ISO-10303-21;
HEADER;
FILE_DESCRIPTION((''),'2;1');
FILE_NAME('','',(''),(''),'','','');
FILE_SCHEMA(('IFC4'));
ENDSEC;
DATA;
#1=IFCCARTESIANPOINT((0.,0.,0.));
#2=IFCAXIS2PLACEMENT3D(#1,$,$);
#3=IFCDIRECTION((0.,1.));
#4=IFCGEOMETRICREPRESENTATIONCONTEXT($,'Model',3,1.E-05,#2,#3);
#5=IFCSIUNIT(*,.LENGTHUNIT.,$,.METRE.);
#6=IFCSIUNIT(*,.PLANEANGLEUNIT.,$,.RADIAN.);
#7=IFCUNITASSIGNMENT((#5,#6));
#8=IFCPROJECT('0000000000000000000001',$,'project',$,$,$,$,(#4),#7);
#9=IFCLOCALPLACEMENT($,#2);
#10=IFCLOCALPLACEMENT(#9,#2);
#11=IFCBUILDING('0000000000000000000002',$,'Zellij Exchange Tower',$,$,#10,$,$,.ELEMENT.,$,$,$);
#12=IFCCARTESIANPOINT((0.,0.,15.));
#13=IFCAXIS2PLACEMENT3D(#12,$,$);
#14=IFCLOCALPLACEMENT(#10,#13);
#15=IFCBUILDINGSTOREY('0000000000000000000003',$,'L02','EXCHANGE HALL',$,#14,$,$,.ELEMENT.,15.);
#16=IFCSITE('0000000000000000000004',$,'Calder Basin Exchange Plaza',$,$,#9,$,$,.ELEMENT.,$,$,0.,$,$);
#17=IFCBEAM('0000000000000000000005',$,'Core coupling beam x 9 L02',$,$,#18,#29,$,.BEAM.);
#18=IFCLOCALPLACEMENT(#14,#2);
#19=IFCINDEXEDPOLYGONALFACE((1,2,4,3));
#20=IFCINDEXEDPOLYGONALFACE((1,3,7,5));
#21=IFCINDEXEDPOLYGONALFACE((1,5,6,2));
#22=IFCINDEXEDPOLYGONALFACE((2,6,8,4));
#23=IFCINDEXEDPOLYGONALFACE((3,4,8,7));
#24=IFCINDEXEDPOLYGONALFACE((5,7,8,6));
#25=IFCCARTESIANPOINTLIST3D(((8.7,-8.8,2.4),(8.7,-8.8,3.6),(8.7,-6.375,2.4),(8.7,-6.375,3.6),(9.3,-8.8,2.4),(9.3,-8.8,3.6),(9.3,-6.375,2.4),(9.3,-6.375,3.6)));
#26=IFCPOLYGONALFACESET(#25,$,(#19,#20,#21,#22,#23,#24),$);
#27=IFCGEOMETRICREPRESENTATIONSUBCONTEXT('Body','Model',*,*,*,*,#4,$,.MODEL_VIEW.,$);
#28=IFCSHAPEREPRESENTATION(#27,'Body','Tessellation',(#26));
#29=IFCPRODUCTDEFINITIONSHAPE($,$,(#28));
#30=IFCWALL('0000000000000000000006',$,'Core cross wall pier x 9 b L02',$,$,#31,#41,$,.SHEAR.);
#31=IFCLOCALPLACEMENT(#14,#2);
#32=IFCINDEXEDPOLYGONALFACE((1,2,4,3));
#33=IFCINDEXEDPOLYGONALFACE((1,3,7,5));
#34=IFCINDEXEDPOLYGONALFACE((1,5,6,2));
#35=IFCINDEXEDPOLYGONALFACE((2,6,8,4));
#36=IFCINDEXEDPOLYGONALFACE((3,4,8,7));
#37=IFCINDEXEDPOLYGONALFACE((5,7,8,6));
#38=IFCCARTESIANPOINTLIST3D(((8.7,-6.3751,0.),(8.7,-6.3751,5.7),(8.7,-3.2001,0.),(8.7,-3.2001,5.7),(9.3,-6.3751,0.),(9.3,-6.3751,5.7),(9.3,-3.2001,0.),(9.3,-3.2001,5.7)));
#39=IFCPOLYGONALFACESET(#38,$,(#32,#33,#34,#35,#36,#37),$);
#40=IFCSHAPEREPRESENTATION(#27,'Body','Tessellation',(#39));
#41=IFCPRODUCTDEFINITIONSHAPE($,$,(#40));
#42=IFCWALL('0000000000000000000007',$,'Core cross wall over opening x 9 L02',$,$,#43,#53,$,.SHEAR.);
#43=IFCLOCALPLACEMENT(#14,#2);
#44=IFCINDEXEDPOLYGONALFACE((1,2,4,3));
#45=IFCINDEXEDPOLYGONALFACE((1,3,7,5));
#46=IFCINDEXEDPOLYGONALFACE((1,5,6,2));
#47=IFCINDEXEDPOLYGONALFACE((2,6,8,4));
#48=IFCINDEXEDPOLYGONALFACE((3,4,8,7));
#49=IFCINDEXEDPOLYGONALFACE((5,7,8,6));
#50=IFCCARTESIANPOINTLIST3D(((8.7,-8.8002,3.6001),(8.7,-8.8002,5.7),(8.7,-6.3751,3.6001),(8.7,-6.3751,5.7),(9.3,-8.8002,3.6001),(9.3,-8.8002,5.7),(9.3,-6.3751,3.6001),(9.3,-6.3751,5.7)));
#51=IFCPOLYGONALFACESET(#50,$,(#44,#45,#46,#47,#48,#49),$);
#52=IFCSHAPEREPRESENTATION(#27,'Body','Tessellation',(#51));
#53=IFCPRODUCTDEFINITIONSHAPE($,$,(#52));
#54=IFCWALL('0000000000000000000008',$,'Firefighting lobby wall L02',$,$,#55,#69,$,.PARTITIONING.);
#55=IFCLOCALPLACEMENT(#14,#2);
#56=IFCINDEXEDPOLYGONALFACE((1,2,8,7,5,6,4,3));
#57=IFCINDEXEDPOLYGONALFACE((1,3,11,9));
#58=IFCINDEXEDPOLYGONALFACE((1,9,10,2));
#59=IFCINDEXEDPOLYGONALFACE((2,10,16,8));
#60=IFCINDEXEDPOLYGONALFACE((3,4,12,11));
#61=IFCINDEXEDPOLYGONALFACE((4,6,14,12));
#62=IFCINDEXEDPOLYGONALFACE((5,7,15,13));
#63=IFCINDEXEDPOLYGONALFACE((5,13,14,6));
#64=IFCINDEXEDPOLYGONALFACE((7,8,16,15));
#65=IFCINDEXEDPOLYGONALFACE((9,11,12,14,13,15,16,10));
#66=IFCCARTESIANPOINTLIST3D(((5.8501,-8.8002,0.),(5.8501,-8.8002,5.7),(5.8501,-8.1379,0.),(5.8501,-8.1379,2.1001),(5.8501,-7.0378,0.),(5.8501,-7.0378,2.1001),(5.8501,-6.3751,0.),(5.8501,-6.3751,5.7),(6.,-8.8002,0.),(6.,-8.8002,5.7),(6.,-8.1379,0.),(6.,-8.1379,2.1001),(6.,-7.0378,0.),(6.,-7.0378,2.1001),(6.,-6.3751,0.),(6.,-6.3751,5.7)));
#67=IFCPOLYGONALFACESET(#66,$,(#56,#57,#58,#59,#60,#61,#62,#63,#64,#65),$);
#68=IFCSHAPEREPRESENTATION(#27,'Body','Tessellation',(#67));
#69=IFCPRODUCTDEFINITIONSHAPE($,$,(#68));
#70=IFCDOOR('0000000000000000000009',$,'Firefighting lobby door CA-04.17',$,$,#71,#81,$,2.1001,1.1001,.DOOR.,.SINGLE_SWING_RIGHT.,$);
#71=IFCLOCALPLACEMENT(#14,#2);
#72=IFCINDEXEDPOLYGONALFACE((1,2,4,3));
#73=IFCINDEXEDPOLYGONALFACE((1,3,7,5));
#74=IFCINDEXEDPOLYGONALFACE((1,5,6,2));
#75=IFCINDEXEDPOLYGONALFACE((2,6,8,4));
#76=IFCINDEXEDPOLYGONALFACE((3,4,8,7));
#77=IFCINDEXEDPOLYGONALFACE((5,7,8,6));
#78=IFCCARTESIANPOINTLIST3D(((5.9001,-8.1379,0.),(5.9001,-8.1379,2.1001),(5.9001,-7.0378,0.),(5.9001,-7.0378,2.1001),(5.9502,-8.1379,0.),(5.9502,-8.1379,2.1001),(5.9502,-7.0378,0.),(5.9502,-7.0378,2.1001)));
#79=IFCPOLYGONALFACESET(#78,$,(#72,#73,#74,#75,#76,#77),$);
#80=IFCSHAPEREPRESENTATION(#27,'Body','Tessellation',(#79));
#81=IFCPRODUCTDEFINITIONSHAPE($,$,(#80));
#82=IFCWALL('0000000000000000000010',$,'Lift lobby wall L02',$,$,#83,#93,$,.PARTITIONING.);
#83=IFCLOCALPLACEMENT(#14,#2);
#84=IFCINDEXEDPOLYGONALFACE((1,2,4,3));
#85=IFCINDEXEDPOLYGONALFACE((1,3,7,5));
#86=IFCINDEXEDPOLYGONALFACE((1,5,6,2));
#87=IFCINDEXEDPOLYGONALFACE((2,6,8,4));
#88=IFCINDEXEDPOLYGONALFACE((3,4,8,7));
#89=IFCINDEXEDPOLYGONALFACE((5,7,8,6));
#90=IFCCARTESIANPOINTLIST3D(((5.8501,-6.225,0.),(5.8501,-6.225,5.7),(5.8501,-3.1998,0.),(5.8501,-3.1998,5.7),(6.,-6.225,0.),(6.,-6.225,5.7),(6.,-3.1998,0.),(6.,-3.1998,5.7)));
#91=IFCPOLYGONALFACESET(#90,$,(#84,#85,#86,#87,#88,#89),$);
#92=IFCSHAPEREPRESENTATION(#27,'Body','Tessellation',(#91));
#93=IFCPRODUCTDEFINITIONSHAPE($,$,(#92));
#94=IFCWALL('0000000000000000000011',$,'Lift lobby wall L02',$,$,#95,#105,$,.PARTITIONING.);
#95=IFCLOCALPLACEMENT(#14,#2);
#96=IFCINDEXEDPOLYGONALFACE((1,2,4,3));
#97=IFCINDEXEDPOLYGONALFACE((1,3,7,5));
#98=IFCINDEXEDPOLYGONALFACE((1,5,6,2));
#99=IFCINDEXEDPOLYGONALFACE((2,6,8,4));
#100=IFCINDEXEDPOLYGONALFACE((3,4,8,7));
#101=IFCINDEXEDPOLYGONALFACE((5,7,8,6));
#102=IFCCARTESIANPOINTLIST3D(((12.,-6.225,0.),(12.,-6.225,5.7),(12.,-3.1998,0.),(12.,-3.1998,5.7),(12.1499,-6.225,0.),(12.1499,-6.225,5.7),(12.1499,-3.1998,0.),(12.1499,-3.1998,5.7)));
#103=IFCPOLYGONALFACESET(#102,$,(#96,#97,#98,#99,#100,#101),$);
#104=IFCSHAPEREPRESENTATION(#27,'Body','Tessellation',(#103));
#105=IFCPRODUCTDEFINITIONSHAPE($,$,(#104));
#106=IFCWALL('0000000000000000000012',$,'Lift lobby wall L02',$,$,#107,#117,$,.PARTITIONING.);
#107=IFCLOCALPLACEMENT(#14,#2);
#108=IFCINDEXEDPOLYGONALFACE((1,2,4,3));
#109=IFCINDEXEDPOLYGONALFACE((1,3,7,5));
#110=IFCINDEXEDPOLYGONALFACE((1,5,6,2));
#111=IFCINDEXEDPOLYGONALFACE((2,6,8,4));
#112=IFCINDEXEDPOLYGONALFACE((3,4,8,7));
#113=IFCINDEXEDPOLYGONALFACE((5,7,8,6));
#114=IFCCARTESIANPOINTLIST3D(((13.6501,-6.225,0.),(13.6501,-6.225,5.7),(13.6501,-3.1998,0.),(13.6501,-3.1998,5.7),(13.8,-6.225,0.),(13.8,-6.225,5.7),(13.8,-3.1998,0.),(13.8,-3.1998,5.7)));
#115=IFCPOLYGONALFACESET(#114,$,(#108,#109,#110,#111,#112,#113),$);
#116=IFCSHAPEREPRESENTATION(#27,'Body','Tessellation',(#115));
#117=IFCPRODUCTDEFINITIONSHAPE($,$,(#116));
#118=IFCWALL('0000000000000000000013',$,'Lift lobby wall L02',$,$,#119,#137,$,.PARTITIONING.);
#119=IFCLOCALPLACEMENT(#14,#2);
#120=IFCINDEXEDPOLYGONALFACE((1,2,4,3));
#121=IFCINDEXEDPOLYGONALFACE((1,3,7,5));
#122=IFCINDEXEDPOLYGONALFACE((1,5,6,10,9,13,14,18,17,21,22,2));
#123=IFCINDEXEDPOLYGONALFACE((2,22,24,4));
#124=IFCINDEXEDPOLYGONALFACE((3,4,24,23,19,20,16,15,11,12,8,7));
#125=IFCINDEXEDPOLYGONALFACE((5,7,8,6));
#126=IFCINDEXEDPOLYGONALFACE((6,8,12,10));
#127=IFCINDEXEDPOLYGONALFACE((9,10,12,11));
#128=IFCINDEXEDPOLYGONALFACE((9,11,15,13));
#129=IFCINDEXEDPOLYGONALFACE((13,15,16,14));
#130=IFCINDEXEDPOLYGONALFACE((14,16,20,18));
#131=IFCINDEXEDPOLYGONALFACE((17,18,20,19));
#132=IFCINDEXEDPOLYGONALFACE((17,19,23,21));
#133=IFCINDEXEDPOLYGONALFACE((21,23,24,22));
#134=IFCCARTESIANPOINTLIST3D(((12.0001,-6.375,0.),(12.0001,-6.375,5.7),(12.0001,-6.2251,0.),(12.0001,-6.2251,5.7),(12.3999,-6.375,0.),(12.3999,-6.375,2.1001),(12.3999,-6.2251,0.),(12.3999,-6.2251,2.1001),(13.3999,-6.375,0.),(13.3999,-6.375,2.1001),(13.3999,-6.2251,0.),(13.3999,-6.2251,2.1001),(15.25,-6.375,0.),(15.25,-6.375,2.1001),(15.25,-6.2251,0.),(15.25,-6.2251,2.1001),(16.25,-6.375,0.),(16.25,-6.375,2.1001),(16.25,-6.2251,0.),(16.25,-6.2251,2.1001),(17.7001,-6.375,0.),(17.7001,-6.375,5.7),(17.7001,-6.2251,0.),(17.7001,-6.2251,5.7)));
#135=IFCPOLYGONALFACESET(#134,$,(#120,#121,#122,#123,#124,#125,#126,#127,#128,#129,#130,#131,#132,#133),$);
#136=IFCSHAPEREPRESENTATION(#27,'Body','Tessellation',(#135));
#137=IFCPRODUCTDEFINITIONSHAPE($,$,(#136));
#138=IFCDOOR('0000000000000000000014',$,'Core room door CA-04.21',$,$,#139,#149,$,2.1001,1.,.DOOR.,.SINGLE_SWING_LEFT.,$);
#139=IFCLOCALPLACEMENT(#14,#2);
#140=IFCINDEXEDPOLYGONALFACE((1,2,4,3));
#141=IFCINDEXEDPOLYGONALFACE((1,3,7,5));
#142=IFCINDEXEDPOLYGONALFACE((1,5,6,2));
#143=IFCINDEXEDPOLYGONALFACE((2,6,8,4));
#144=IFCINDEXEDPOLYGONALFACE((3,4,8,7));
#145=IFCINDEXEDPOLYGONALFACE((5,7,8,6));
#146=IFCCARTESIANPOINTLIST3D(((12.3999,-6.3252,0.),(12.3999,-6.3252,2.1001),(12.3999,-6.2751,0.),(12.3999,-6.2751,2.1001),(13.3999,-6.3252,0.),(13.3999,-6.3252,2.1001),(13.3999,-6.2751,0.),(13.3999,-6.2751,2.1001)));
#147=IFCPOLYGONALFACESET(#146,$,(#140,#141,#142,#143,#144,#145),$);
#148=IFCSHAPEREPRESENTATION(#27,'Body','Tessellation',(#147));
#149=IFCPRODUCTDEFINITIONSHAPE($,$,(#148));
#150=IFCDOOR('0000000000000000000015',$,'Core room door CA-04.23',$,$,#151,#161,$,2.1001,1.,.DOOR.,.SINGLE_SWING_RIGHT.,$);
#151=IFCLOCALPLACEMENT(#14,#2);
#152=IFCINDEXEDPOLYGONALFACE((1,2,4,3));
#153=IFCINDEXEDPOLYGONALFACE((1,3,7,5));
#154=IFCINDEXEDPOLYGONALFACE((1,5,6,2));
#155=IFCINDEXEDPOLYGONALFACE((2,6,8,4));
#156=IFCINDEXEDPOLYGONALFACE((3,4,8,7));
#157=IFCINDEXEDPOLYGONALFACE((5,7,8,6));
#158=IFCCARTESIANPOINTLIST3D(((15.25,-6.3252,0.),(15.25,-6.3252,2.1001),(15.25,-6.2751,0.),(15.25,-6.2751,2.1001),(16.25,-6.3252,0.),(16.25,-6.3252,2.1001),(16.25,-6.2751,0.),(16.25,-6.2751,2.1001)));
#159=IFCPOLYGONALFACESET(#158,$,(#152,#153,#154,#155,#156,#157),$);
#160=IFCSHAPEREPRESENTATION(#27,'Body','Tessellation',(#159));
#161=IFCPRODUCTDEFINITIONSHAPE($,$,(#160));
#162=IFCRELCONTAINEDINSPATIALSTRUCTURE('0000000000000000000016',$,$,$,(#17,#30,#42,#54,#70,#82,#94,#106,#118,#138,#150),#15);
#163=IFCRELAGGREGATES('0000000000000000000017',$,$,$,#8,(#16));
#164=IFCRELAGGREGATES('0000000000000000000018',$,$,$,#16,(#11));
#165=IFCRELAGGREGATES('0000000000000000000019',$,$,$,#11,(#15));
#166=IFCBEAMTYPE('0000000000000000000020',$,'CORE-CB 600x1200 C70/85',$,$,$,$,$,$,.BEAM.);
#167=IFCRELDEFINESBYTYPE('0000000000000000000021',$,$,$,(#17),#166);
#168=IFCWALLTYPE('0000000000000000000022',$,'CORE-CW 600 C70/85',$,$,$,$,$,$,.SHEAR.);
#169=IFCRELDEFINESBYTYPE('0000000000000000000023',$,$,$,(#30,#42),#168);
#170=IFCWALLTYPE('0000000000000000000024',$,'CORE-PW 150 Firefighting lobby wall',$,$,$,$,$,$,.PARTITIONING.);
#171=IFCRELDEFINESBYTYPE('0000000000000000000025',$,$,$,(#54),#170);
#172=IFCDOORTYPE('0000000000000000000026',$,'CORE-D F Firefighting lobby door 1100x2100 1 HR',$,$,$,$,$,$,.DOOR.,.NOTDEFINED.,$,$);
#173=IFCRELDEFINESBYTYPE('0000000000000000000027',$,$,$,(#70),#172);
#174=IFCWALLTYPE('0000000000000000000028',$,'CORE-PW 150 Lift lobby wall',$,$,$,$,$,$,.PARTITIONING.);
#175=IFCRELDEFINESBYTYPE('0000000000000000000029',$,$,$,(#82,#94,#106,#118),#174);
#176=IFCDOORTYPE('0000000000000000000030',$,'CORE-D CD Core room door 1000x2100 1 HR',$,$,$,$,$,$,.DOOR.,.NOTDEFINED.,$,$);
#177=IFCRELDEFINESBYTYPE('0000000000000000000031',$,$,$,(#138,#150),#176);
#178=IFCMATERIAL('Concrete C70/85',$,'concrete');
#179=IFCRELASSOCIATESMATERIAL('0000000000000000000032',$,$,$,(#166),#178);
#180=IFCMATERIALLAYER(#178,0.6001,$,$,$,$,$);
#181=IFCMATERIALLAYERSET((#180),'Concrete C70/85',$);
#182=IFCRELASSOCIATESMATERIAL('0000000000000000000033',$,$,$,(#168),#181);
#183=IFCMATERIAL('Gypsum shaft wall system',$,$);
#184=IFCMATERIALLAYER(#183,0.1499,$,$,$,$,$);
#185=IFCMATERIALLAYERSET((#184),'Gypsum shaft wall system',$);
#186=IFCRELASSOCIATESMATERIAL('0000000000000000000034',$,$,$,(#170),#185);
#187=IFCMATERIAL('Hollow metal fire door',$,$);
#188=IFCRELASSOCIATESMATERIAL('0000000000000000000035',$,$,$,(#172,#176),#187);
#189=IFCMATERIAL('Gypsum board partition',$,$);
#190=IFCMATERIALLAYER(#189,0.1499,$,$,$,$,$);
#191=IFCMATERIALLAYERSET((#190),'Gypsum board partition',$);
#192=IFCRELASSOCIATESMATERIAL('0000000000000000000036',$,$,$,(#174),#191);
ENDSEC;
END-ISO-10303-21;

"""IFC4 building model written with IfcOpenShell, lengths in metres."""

from ifc_helpers import new_model, si_unit, direction, frame, frame_2d, origin, origin_2d, place, context, subcontext, project, spatial, rectangle, extrude, material, layer, layer_set, material_profile, profile_set, type_object, element, fill, save


model = new_model("IFC4")

# Units and contexts
model_context = context("Model", 3, precision=1e-05, world=origin(), true_north=direction((0.0, 1.0)))
body_context = subcontext(model_context, "Body", "Model", "MODEL_VIEW")
ifc_project = project(units=[si_unit("LENGTHUNIT", "METRE"), si_unit("PLANEANGLEUNIT", "RADIAN")], contexts=[model_context])

# Site, building, storey
site_placement = place(None, origin())
site = spatial("IfcSite", under=ifc_project, at=site_placement, Name="Calder Basin Exchange Plaza", CompositionType="ELEMENT", RefElevation=0.0)
building_placement = place(site_placement, origin())
building = spatial("IfcBuilding", under=site, at=building_placement, Name="Zellij Exchange Tower", CompositionType="ELEMENT")
storey_placement = place(building_placement, frame((0.0, 0.0, 15.0)))
storey = spatial("IfcBuildingStorey", under=building, at=storey_placement, Name="L02", Description="EXCHANGE HALL", CompositionType="ELEMENT", Elevation=15.0)

# Beam
ifc_material_1 = material(Name="Concrete C70/85", Category="concrete")
ifc_material_profile = material_profile(ifc_material_1, rectangle(XDim=0.6001, YDim=1.2, at=origin_2d()), Name="CORE-CB 600x1200 C70/85")
ifc_profile_set = profile_set([ifc_material_profile], Name="Concrete C70/85")
beam_type = type_object("IfcBeamType", Name="CORE-CB 600x1200 C70/85", PredefinedType="BEAM", material=ifc_profile_set)
beam_placement = place(storey_placement, frame((9.0, -8.8, 3.0), z_axis=(0.0, 1.0, 0.0), x_axis=(-1.0, 0.0, 0.0)))
element("IfcBeam", 1, at=beam_placement, inside=storey, type_object=beam_type, Name="Core coupling beam x 9 L02", PredefinedType="BEAM", context=body_context, shape_type="SweptSolid", body=[
    extrude(rectangle(XDim=0.6001, YDim=1.2, at=origin_2d()), origin(), (0.0, 0.0, 1.0), 2.425),
])

# Walls
ifc_layer_1 = layer(ifc_material_1, 0.6001)
ifc_layer_set_1 = layer_set([ifc_layer_1], Name="Concrete C70/85")
wall_type_1 = type_object("IfcWallType", Name="CORE-CW 600 C70/85", PredefinedType="SHEAR", material=ifc_layer_set_1)
wall_1_placement = place(storey_placement, frame((9.0, -6.375, 0.0), z_axis=(0.0, 0.0, 1.0), x_axis=(0.0, 1.0, 0.0)))
element("IfcWall", 2, at=wall_1_placement, inside=storey, type_object=wall_type_1, Name="Core cross wall pier x 9 b L02", PredefinedType="SHEAR", context=body_context, shape_type="SweptSolid", body=[
    extrude(rectangle(XDim=3.175, YDim=0.6001, at=frame_2d((1.5874, 0.0))), origin(), (0.0, 0.0, 1.0), 5.7),
])
wall_2_placement = place(storey_placement, frame((9.0, -8.8, 3.6001), z_axis=(0.0, 0.0, 1.0), x_axis=(0.0, 1.0, 0.0)))
element("IfcWall", 3, at=wall_2_placement, inside=storey, type_object=wall_type_1, Name="Core cross wall over opening x 9 L02", PredefinedType="SHEAR", context=body_context, shape_type="SweptSolid", body=[
    extrude(rectangle(XDim=2.425, YDim=0.6001, at=frame_2d((1.2124, 0.0))), origin(), (0.0, 0.0, 1.0), 2.0999),
])

# Wall, opening, door
ifc_material_2 = material(Name="Gypsum shaft wall system")
ifc_layer_2 = layer(ifc_material_2, 0.1499)
ifc_layer_set_2 = layer_set([ifc_layer_2], Name="Gypsum shaft wall system")
wall_type_2 = type_object("IfcWallType", Name="CORE-PW 150 Firefighting lobby wall", PredefinedType="PARTITIONING", material=ifc_layer_set_2)
wall_3_placement = place(storey_placement, frame((5.925, -8.8, 0.0), z_axis=(0.0, 0.0, 1.0), x_axis=(0.0, 1.0, 0.0)))
wall_3 = element("IfcWall", 4, at=wall_3_placement, inside=storey, type_object=wall_type_2, Name="Firefighting lobby wall L02", PredefinedType="PARTITIONING", context=body_context, shape_type="SweptSolid", body=[
    extrude(rectangle(XDim=2.425, YDim=0.1499, at=frame_2d((1.2124, 0.0))), origin(), (0.0, 0.0, 1.0), 5.7),
])
opening_1_placement = place(wall_3_placement, frame((0.6621, 0.0, 0.0)))
opening_1 = element("IfcOpeningElement", 5, at=opening_1_placement, cuts=wall_3, PredefinedType="OPENING", context=body_context, shape_type="SweptSolid", body=[
    extrude(rectangle(XDim=1.1001, YDim=2.1001, at=frame_2d((0.55, 1.05))), frame((0.0, 0.0869, 0.0), z_axis=(0.0, -1.0, 0.0), x_axis=(1.0, 0.0, 0.0)), (0.0, 0.0, 1.0), 0.1738),
])
ifc_material_3 = material(Name="Hollow metal fire door")
door_type_1 = type_object("IfcDoorType", Name="CORE-D F Firefighting lobby door 1100x2100 1 HR", OperationType="NOTDEFINED", PredefinedType="DOOR", material=ifc_material_3)
door_1_placement = place(opening_1_placement, origin())
door_1 = element("IfcDoor", 6, at=door_1_placement, inside=storey, type_object=door_type_1, Name="Firefighting lobby door CA-04.17", OperationType="SINGLE_SWING_RIGHT", OverallHeight=2.1001, OverallWidth=1.1001, PredefinedType="DOOR", context=body_context, shape_type="SweptSolid", body=[
    extrude(rectangle(XDim=1.1001, YDim=2.1001, at=frame_2d((0.55, 1.05))), frame((0.0, 0.0249, 0.0), z_axis=(0.0, -1.0, 0.0), x_axis=(1.0, 0.0, 0.0)), (0.0, 0.0, 1.0), 0.05),
])
fill(opening_1, door_1)

# Walls
ifc_material_4 = material(Name="Gypsum board partition")
ifc_layer_3 = layer(ifc_material_4, 0.1499)
ifc_layer_set_3 = layer_set([ifc_layer_3], Name="Gypsum board partition")
wall_type_3 = type_object("IfcWallType", Name="CORE-PW 150 Lift lobby wall", PredefinedType="PARTITIONING", material=ifc_layer_set_3)
for number, where, z_axis, x_axis, name in (
    (7, (5.925, -6.2251, 0.0), (0.0, 0.0, 1.0), (0.0, 1.0, 0.0), "Lift lobby wall L02"),
    (8, (12.075, -6.2251, 0.0), (0.0, 0.0, 1.0), (0.0, 1.0, 0.0), "Lift lobby wall L02"),
    (9, (13.7251, -6.2251, 0.0), (0.0, 0.0, 1.0), (0.0, 1.0, 0.0), "Lift lobby wall L02"),
):
    element("IfcWall", number, at=place(storey_placement, frame(where, z_axis=z_axis, x_axis=x_axis)), inside=storey, type_object=wall_type_3, Name=name, PredefinedType="PARTITIONING", context=body_context, shape_type="SweptSolid", body=[
        extrude(rectangle(XDim=3.0251, YDim=0.1499, at=frame_2d((1.5127, 0.0))), origin(), (0.0, 0.0, 1.0), 5.7),
    ])

# Wall, openings, doors
wall_4_placement = place(storey_placement, frame((12.0, -6.3, 0.0), z_axis=(0.0, 0.0, 1.0), x_axis=(1.0, 0.0, 0.0)))
wall_4 = element("IfcWall", 10, at=wall_4_placement, inside=storey, type_object=wall_type_3, Name="Lift lobby wall L02", PredefinedType="PARTITIONING", context=body_context, shape_type="SweptSolid", body=[
    extrude(rectangle(XDim=5.7, YDim=0.1499, at=frame_2d((2.8501, 0.0))), origin(), (0.0, 0.0, 1.0), 5.7),
])
opening_2_placement = place(wall_4_placement, frame((0.3999, 0.0, 0.0)))
opening_2 = element("IfcOpeningElement", 11, at=opening_2_placement, cuts=wall_4, PredefinedType="OPENING", context=body_context, shape_type="SweptSolid", body=[
    extrude(rectangle(XDim=1.0, YDim=2.1001, at=frame_2d((0.5, 1.05))), frame((0.0, 0.0869, 0.0), z_axis=(0.0, -1.0, 0.0), x_axis=(1.0, 0.0, 0.0)), (0.0, 0.0, 1.0), 0.1738),
])
opening_3_placement = place(wall_4_placement, frame((3.25, 0.0, 0.0)))
opening_3 = element("IfcOpeningElement", 12, at=opening_3_placement, cuts=wall_4, PredefinedType="OPENING", context=body_context, shape_type="SweptSolid", body=[
    extrude(rectangle(XDim=1.0, YDim=2.1001, at=frame_2d((0.5, 1.05))), frame((0.0, 0.0869, 0.0), z_axis=(0.0, -1.0, 0.0), x_axis=(1.0, 0.0, 0.0)), (0.0, 0.0, 1.0), 0.1738),
])
door_type_2 = type_object("IfcDoorType", Name="CORE-D CD Core room door 1000x2100 1 HR", OperationType="NOTDEFINED", PredefinedType="DOOR", material=ifc_material_3)
door_2_placement = place(opening_2_placement, origin())
door_2 = element("IfcDoor", 13, at=door_2_placement, inside=storey, type_object=door_type_2, Name="Core room door CA-04.21", OperationType="SINGLE_SWING_LEFT", OverallHeight=2.1001, OverallWidth=1.0, PredefinedType="DOOR", context=body_context, shape_type="SweptSolid", body=[
    extrude(rectangle(XDim=1.0, YDim=2.1001, at=frame_2d((0.5, 1.05))), frame((0.0, 0.0249, 0.0), z_axis=(0.0, -1.0, 0.0), x_axis=(1.0, 0.0, 0.0)), (0.0, 0.0, 1.0), 0.05),
])
fill(opening_2, door_2)
door_3_placement = place(opening_3_placement, origin())
door_3 = element("IfcDoor", 14, at=door_3_placement, inside=storey, type_object=door_type_2, Name="Core room door CA-04.23", OperationType="SINGLE_SWING_RIGHT", OverallHeight=2.1001, OverallWidth=1.0, PredefinedType="DOOR", context=body_context, shape_type="SweptSolid", body=[
    extrude(rectangle(XDim=1.0, YDim=2.1001, at=frame_2d((0.5, 1.05))), frame((0.0, 0.0249, 0.0), z_axis=(0.0, -1.0, 0.0), x_axis=(1.0, 0.0, 0.0)), (0.0, 0.0, 1.0), 0.05),
])
fill(opening_3, door_3)

save(model, "model.ifc")
